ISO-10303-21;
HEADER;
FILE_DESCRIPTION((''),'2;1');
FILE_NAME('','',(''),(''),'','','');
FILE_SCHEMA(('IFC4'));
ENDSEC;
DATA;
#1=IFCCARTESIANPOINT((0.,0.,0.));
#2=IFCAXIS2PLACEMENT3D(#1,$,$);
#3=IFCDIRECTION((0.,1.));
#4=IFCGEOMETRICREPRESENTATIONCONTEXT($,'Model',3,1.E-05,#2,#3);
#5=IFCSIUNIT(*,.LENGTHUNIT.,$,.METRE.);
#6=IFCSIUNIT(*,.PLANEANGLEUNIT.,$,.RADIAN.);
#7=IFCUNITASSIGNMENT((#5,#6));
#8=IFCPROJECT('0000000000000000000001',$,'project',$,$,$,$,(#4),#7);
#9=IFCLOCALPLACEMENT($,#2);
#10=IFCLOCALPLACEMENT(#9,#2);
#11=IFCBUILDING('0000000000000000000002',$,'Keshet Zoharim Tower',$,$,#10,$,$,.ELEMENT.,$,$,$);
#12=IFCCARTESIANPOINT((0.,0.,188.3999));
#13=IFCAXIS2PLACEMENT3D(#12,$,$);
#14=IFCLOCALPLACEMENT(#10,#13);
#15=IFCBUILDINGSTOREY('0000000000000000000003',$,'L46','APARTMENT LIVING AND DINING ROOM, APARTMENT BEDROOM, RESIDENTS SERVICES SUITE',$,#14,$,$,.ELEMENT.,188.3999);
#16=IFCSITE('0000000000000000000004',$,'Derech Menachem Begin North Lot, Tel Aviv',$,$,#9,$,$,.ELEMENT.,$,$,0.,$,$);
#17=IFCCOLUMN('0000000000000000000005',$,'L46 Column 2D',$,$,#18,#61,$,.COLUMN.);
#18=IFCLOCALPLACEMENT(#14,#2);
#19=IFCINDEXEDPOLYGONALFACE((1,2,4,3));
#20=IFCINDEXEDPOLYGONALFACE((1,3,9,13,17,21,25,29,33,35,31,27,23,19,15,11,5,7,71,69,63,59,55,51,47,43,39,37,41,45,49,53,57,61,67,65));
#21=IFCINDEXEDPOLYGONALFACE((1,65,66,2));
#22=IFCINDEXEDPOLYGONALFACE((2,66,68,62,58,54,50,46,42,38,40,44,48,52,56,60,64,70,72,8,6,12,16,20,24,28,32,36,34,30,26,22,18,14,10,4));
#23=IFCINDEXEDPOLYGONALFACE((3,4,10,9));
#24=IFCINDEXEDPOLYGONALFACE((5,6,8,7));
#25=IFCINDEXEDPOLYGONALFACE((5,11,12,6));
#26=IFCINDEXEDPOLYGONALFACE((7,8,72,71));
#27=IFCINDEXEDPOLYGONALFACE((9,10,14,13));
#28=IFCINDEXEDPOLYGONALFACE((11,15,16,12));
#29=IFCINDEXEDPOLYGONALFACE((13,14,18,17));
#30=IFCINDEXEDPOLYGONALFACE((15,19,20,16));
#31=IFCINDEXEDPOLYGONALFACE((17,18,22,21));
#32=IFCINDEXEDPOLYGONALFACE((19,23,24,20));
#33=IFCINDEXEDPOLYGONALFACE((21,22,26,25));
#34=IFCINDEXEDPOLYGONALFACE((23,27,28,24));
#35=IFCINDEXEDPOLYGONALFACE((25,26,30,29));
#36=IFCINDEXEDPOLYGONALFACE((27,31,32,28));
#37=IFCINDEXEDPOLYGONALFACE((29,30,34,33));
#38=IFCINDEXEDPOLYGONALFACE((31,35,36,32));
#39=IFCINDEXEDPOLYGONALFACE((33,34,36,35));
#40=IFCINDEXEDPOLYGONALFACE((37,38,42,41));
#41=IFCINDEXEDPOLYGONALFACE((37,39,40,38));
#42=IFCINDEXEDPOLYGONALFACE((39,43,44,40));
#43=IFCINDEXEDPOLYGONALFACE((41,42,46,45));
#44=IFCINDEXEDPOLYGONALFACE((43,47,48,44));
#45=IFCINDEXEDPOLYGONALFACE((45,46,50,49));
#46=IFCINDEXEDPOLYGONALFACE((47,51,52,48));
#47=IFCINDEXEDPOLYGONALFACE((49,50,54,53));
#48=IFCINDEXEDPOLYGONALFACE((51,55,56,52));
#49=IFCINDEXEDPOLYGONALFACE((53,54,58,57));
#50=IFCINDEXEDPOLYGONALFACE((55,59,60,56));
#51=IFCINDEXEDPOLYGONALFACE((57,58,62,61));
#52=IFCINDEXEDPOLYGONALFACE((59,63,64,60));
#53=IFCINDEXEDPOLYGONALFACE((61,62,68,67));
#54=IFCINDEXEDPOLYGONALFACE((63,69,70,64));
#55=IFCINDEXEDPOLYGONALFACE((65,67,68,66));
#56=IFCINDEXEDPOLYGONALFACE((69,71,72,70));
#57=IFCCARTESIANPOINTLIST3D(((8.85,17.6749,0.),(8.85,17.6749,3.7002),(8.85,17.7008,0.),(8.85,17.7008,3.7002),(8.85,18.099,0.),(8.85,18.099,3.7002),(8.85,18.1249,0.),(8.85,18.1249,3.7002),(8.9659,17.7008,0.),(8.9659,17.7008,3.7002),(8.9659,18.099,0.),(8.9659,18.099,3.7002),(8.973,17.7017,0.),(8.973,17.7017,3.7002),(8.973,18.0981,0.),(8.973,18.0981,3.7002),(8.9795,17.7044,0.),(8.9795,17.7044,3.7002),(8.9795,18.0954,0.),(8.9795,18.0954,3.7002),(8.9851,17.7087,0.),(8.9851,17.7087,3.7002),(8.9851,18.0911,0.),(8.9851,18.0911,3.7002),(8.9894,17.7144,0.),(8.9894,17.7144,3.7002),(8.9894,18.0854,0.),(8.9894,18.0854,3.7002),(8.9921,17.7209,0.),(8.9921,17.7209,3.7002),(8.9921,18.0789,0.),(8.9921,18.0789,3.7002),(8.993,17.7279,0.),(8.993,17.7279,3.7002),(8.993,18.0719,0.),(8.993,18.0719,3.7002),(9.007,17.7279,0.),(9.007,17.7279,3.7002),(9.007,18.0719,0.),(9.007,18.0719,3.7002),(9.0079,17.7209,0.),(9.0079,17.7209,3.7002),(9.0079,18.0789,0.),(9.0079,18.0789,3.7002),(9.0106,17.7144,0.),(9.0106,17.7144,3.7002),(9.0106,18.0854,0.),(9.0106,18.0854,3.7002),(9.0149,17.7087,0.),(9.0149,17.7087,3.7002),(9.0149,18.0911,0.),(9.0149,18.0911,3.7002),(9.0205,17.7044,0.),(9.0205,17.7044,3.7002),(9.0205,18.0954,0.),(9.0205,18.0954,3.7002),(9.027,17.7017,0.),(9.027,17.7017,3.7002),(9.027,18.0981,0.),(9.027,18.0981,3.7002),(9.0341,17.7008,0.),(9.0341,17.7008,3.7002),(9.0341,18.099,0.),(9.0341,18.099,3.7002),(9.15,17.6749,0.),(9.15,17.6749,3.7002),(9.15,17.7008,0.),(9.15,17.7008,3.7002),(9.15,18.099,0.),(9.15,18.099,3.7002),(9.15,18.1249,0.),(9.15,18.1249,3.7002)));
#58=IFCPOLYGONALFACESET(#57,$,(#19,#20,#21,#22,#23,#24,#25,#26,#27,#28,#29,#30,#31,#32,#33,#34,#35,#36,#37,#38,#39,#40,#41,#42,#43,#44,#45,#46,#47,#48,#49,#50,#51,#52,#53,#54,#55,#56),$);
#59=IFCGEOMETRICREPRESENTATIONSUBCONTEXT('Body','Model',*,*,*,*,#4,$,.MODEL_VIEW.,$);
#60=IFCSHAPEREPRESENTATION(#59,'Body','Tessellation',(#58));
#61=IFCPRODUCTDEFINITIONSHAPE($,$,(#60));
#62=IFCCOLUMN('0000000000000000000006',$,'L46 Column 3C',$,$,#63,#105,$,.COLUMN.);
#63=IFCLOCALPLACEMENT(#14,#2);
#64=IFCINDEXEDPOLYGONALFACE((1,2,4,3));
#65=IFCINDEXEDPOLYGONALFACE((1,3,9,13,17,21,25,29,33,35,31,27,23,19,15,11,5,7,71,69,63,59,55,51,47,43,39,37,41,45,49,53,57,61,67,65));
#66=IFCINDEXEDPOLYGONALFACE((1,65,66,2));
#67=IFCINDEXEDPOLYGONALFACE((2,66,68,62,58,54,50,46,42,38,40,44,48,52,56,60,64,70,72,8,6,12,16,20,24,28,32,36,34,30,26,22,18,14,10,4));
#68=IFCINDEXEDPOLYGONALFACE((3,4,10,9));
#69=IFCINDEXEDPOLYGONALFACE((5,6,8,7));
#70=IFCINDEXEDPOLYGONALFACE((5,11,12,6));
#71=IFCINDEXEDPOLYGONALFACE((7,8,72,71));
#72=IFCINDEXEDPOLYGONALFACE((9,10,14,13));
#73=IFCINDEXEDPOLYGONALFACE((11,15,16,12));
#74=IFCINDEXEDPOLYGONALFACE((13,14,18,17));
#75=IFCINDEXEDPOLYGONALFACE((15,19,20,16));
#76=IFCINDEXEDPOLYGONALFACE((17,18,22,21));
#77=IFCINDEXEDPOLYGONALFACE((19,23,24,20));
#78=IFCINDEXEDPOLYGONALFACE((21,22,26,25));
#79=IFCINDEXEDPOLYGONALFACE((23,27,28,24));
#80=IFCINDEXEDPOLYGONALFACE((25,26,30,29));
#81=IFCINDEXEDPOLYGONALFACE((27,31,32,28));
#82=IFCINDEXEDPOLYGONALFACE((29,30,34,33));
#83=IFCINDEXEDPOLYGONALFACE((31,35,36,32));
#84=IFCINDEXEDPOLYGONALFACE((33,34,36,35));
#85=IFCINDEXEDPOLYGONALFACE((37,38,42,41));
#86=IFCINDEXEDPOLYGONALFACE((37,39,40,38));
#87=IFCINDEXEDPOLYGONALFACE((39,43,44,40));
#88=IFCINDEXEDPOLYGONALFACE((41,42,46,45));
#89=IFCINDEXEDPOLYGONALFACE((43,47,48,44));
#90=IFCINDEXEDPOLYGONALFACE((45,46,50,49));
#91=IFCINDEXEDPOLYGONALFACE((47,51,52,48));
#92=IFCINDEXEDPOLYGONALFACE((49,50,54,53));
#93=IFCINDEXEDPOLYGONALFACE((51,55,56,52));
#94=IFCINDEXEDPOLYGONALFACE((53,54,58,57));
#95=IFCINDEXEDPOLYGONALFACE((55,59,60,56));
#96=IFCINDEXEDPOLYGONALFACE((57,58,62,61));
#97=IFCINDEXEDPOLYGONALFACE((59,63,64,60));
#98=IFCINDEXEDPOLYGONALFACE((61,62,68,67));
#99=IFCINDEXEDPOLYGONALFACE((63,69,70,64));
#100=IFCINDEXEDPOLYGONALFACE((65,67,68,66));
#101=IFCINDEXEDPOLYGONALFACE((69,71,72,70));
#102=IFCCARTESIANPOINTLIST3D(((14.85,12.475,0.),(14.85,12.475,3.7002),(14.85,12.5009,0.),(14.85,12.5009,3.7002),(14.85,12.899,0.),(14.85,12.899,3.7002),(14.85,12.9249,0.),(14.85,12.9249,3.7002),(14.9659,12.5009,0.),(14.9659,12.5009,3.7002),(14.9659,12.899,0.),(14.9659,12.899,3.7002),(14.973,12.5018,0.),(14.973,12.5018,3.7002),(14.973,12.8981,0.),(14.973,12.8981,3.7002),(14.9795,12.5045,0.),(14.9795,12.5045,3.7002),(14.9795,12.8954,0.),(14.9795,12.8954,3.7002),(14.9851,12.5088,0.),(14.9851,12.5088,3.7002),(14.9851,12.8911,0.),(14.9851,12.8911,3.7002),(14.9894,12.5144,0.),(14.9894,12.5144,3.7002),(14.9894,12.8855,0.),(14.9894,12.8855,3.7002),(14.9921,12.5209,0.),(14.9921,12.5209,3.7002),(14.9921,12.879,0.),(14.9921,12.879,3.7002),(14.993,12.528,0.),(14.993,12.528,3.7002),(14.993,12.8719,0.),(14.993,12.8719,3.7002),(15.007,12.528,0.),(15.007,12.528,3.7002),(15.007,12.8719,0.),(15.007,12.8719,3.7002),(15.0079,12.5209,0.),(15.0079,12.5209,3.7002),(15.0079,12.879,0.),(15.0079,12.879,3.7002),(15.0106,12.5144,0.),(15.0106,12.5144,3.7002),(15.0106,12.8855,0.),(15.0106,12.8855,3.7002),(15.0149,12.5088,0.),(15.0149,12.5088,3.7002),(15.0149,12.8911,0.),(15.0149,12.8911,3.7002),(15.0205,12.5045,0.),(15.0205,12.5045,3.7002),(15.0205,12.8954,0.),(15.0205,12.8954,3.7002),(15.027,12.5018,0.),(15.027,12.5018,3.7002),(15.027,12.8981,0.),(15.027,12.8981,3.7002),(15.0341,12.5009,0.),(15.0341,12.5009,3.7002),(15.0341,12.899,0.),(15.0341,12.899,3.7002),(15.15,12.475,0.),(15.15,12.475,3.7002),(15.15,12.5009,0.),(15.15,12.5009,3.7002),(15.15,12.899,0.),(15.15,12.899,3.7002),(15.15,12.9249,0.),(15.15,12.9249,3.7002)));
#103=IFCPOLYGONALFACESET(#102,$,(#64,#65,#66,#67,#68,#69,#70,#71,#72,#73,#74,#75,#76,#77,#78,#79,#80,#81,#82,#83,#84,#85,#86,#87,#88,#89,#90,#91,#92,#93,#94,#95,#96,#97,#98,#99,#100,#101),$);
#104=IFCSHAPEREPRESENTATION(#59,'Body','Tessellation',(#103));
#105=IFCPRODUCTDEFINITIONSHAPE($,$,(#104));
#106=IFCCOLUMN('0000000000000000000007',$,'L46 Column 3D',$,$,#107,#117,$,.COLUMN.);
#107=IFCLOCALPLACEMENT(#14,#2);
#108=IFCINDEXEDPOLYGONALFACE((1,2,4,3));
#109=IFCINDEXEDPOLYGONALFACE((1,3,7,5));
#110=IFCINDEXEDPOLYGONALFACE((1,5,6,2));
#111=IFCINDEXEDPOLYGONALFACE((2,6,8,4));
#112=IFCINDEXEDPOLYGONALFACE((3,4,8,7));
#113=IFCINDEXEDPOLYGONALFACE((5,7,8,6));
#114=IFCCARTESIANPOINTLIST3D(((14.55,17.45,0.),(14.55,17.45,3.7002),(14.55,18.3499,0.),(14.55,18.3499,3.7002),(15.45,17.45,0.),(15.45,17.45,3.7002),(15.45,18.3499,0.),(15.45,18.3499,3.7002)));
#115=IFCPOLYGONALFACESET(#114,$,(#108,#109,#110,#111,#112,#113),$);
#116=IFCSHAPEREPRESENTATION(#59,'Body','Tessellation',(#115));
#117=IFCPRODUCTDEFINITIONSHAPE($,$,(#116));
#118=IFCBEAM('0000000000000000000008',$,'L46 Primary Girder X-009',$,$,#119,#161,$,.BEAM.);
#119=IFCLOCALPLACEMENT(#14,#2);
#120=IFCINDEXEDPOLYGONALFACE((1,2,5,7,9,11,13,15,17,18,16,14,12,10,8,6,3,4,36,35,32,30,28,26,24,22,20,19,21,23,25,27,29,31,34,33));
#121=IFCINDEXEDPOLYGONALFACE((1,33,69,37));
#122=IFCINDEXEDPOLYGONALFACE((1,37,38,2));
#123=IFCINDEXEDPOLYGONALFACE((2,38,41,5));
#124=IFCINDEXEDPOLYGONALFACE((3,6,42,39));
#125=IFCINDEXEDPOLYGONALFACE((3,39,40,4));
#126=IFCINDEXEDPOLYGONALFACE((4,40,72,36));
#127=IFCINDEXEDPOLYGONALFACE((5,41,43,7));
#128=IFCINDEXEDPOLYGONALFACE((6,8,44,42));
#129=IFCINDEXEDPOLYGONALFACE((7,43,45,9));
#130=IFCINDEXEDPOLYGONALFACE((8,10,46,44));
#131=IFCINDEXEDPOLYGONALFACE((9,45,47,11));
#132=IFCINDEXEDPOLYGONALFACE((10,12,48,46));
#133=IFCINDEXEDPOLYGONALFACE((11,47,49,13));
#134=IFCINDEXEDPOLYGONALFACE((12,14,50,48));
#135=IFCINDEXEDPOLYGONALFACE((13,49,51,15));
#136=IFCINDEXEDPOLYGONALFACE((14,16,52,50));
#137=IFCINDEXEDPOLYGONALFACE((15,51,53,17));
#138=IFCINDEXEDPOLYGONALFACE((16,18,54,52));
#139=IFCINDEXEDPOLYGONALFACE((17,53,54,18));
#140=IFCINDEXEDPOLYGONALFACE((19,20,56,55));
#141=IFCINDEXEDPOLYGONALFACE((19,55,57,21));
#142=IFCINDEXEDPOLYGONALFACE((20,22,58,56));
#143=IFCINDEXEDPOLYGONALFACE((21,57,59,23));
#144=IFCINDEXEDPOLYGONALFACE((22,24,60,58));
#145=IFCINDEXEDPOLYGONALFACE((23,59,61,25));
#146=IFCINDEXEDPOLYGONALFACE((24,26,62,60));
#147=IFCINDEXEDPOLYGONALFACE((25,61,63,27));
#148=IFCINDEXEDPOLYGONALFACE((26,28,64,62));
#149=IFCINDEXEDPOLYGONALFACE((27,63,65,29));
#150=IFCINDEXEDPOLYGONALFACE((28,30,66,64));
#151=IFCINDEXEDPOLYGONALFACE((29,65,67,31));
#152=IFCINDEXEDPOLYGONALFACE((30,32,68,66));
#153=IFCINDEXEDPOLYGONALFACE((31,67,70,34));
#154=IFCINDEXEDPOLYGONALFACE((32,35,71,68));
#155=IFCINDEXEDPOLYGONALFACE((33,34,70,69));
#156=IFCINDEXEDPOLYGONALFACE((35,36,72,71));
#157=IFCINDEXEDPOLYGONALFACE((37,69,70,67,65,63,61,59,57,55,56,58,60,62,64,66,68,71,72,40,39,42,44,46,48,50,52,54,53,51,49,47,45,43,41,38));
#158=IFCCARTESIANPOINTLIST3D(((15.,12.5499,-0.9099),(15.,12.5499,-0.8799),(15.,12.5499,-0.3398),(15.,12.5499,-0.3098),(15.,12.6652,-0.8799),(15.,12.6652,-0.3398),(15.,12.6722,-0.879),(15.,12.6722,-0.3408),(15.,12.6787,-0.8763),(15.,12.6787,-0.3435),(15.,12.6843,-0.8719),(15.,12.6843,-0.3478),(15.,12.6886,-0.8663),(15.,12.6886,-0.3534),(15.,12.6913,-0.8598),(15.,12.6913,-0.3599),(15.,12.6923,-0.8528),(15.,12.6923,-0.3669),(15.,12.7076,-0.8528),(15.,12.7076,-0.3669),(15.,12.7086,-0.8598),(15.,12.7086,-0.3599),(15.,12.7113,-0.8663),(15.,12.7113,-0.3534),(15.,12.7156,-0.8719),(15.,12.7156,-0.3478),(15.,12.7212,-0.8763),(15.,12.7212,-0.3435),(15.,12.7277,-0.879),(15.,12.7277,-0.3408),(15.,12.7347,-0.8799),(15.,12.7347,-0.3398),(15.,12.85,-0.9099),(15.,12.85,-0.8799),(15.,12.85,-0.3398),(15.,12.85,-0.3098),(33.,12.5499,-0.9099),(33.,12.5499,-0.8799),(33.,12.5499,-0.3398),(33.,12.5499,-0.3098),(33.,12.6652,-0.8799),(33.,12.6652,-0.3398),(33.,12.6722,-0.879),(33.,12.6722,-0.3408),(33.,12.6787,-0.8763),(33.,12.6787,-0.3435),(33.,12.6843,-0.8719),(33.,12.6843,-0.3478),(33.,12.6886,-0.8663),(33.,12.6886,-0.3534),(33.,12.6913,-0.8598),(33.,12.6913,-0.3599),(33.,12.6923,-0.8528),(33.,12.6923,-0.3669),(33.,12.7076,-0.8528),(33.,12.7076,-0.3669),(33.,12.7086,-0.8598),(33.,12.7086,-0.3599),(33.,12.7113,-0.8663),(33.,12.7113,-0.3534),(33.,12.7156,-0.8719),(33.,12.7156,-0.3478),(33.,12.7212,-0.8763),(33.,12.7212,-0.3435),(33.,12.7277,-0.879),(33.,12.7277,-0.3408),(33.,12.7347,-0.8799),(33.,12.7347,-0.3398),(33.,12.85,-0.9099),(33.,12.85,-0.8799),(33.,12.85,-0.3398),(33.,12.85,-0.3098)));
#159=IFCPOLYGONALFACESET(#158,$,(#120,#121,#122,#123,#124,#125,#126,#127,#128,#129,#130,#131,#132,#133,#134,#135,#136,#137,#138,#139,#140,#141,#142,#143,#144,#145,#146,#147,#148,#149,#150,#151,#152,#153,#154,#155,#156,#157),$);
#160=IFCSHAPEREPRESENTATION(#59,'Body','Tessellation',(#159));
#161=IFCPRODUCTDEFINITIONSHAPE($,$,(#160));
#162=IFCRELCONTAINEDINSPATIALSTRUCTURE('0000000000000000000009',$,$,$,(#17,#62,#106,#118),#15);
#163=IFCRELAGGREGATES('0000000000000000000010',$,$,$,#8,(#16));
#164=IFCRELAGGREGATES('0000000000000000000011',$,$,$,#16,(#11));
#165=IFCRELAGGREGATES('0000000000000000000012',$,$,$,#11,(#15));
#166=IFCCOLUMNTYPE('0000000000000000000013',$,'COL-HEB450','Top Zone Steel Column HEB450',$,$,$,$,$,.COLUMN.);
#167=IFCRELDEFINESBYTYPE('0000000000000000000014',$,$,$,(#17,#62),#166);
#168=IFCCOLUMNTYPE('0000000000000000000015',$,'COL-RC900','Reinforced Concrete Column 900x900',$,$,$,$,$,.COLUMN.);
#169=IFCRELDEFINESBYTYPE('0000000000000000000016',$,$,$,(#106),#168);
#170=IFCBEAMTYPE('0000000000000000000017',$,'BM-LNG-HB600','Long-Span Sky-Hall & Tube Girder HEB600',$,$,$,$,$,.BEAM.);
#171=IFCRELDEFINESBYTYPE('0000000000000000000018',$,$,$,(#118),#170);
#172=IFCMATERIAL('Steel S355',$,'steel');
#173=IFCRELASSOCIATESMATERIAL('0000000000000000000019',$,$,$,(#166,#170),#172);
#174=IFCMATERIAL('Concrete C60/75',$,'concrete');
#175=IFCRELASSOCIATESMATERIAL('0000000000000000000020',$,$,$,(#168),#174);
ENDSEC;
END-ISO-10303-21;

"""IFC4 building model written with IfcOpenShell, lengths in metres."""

from ifc_helpers import new_model, si_unit, direction, frame, origin, origin_2d, place, context, subcontext, project, spatial, rectangle, i_section, extrude, material, material_profile, profile_set, type_object, element, save


model = new_model("IFC4")

# Units and contexts
model_context = context("Model", 3, precision=1e-05, world=origin(), true_north=direction((0.0, 1.0)))
body_context = subcontext(model_context, "Body", "Model", "MODEL_VIEW")
ifc_project = project(units=[si_unit("LENGTHUNIT", "METRE"), si_unit("PLANEANGLEUNIT", "RADIAN")], contexts=[model_context])

# Site, building, storey
site_placement = place(None, origin())
site = spatial("IfcSite", under=ifc_project, at=site_placement, Name="Derech Menachem Begin North Lot, Tel Aviv", CompositionType="ELEMENT", RefElevation=0.0)
building_placement = place(site_placement, origin())
building = spatial("IfcBuilding", under=site, at=building_placement, Name="Keshet Zoharim Tower", CompositionType="ELEMENT")
storey_placement = place(building_placement, frame((0.0, 0.0, 188.3999)))
storey = spatial("IfcBuildingStorey", under=building, at=storey_placement, Name="L46", Description="APARTMENT LIVING AND DINING ROOM, APARTMENT BEDROOM, RESIDENTS SERVICES SUITE", CompositionType="ELEMENT", Elevation=188.3999)

# Columns
ifc_material_1 = material(Name="Steel S355", Category="steel")
ifc_material_profile_1 = material_profile(ifc_material_1, i_section(OverallWidth=0.3, OverallDepth=0.45, WebThickness=0.0139, FlangeThickness=0.0259, FilletRadius=0.0271, at=origin_2d()), Name="HEB450")
ifc_profile_set_1 = profile_set([ifc_material_profile_1], Name="Steel S355")
column_type_1 = type_object("IfcColumnType", Name="COL-HEB450", Description="Top Zone Steel Column HEB450", PredefinedType="COLUMN", material=ifc_profile_set_1)
for number, where, z_axis, x_axis, name in (
    (1, (9.0, 17.8999, 0.0), (0.0, 0.0, 1.0), (1.0, 0.0, 0.0), "L46 Column 2D"),
    (2, (15.0, 12.7, 0.0), (0.0, 0.0, 1.0), (1.0, 0.0, 0.0), "L46 Column 3C"),
):
    element("IfcColumn", number, at=place(storey_placement, frame(where, z_axis=z_axis, x_axis=x_axis)), inside=storey, type_object=column_type_1, Name=name, PredefinedType="COLUMN", context=body_context, shape_type="SweptSolid", body=[
        extrude(i_section(OverallWidth=0.3, OverallDepth=0.45, WebThickness=0.0139, FlangeThickness=0.0259, FilletRadius=0.0271, at=origin_2d()), origin(), (0.0, 0.0, 1.0), 3.7002),
    ])
ifc_material_2 = material(Name="Concrete C60/75", Category="concrete")
ifc_material_profile_2 = material_profile(ifc_material_2, rectangle(XDim=0.8999, YDim=0.8999, at=origin_2d()), Name="RC900x900")
ifc_profile_set_2 = profile_set([ifc_material_profile_2], Name="Concrete C60/75")
column_type_2 = type_object("IfcColumnType", Name="COL-RC900", Description="Reinforced Concrete Column 900x900", PredefinedType="COLUMN", material=ifc_profile_set_2)
column_placement = place(storey_placement, frame((15.0, 17.8999, 0.0), z_axis=(0.0, 0.0, 1.0), x_axis=(1.0, 0.0, 0.0)))
element("IfcColumn", 3, at=column_placement, inside=storey, type_object=column_type_2, Name="L46 Column 3D", PredefinedType="COLUMN", context=body_context, shape_type="SweptSolid", body=[
    extrude(rectangle(XDim=0.8999, YDim=0.8999, at=origin_2d()), origin(), (0.0, 0.0, 1.0), 3.7002),
])

# Beam
ifc_material_profile_3 = material_profile(ifc_material_1, i_section(OverallWidth=0.3, OverallDepth=0.6001, WebThickness=0.0154, FlangeThickness=0.03, FilletRadius=0.0271, at=origin_2d()), Name="HEB600")
ifc_profile_set_3 = profile_set([ifc_material_profile_3], Name="Steel S355")
beam_type_1 = type_object("IfcBeamType", Name="BM-LNG-HB600", Description="Long-Span Sky-Hall & Tube Girder HEB600", PredefinedType="BEAM", material=ifc_profile_set_3)
for number, where, z_axis, x_axis, name in (
    (4, (15.0, 12.7, -0.6099), (1.0, 0.0, 0.0), (0.0, 1.0, 0.0), "L46 Primary Girder X-009"),
):
    element("IfcBeam", number, at=place(storey_placement, frame(where, z_axis=z_axis, x_axis=x_axis)), inside=storey, type_object=beam_type_1, Name=name, PredefinedType="BEAM", context=body_context, shape_type="SweptSolid", body=[
        extrude(i_section(OverallWidth=0.3, OverallDepth=0.6001, WebThickness=0.0154, FlangeThickness=0.03, FilletRadius=0.0271, at=origin_2d()), origin(), (0.0, 0.0, 1.0), 18.0),
    ])

save(model, "model.ifc")
